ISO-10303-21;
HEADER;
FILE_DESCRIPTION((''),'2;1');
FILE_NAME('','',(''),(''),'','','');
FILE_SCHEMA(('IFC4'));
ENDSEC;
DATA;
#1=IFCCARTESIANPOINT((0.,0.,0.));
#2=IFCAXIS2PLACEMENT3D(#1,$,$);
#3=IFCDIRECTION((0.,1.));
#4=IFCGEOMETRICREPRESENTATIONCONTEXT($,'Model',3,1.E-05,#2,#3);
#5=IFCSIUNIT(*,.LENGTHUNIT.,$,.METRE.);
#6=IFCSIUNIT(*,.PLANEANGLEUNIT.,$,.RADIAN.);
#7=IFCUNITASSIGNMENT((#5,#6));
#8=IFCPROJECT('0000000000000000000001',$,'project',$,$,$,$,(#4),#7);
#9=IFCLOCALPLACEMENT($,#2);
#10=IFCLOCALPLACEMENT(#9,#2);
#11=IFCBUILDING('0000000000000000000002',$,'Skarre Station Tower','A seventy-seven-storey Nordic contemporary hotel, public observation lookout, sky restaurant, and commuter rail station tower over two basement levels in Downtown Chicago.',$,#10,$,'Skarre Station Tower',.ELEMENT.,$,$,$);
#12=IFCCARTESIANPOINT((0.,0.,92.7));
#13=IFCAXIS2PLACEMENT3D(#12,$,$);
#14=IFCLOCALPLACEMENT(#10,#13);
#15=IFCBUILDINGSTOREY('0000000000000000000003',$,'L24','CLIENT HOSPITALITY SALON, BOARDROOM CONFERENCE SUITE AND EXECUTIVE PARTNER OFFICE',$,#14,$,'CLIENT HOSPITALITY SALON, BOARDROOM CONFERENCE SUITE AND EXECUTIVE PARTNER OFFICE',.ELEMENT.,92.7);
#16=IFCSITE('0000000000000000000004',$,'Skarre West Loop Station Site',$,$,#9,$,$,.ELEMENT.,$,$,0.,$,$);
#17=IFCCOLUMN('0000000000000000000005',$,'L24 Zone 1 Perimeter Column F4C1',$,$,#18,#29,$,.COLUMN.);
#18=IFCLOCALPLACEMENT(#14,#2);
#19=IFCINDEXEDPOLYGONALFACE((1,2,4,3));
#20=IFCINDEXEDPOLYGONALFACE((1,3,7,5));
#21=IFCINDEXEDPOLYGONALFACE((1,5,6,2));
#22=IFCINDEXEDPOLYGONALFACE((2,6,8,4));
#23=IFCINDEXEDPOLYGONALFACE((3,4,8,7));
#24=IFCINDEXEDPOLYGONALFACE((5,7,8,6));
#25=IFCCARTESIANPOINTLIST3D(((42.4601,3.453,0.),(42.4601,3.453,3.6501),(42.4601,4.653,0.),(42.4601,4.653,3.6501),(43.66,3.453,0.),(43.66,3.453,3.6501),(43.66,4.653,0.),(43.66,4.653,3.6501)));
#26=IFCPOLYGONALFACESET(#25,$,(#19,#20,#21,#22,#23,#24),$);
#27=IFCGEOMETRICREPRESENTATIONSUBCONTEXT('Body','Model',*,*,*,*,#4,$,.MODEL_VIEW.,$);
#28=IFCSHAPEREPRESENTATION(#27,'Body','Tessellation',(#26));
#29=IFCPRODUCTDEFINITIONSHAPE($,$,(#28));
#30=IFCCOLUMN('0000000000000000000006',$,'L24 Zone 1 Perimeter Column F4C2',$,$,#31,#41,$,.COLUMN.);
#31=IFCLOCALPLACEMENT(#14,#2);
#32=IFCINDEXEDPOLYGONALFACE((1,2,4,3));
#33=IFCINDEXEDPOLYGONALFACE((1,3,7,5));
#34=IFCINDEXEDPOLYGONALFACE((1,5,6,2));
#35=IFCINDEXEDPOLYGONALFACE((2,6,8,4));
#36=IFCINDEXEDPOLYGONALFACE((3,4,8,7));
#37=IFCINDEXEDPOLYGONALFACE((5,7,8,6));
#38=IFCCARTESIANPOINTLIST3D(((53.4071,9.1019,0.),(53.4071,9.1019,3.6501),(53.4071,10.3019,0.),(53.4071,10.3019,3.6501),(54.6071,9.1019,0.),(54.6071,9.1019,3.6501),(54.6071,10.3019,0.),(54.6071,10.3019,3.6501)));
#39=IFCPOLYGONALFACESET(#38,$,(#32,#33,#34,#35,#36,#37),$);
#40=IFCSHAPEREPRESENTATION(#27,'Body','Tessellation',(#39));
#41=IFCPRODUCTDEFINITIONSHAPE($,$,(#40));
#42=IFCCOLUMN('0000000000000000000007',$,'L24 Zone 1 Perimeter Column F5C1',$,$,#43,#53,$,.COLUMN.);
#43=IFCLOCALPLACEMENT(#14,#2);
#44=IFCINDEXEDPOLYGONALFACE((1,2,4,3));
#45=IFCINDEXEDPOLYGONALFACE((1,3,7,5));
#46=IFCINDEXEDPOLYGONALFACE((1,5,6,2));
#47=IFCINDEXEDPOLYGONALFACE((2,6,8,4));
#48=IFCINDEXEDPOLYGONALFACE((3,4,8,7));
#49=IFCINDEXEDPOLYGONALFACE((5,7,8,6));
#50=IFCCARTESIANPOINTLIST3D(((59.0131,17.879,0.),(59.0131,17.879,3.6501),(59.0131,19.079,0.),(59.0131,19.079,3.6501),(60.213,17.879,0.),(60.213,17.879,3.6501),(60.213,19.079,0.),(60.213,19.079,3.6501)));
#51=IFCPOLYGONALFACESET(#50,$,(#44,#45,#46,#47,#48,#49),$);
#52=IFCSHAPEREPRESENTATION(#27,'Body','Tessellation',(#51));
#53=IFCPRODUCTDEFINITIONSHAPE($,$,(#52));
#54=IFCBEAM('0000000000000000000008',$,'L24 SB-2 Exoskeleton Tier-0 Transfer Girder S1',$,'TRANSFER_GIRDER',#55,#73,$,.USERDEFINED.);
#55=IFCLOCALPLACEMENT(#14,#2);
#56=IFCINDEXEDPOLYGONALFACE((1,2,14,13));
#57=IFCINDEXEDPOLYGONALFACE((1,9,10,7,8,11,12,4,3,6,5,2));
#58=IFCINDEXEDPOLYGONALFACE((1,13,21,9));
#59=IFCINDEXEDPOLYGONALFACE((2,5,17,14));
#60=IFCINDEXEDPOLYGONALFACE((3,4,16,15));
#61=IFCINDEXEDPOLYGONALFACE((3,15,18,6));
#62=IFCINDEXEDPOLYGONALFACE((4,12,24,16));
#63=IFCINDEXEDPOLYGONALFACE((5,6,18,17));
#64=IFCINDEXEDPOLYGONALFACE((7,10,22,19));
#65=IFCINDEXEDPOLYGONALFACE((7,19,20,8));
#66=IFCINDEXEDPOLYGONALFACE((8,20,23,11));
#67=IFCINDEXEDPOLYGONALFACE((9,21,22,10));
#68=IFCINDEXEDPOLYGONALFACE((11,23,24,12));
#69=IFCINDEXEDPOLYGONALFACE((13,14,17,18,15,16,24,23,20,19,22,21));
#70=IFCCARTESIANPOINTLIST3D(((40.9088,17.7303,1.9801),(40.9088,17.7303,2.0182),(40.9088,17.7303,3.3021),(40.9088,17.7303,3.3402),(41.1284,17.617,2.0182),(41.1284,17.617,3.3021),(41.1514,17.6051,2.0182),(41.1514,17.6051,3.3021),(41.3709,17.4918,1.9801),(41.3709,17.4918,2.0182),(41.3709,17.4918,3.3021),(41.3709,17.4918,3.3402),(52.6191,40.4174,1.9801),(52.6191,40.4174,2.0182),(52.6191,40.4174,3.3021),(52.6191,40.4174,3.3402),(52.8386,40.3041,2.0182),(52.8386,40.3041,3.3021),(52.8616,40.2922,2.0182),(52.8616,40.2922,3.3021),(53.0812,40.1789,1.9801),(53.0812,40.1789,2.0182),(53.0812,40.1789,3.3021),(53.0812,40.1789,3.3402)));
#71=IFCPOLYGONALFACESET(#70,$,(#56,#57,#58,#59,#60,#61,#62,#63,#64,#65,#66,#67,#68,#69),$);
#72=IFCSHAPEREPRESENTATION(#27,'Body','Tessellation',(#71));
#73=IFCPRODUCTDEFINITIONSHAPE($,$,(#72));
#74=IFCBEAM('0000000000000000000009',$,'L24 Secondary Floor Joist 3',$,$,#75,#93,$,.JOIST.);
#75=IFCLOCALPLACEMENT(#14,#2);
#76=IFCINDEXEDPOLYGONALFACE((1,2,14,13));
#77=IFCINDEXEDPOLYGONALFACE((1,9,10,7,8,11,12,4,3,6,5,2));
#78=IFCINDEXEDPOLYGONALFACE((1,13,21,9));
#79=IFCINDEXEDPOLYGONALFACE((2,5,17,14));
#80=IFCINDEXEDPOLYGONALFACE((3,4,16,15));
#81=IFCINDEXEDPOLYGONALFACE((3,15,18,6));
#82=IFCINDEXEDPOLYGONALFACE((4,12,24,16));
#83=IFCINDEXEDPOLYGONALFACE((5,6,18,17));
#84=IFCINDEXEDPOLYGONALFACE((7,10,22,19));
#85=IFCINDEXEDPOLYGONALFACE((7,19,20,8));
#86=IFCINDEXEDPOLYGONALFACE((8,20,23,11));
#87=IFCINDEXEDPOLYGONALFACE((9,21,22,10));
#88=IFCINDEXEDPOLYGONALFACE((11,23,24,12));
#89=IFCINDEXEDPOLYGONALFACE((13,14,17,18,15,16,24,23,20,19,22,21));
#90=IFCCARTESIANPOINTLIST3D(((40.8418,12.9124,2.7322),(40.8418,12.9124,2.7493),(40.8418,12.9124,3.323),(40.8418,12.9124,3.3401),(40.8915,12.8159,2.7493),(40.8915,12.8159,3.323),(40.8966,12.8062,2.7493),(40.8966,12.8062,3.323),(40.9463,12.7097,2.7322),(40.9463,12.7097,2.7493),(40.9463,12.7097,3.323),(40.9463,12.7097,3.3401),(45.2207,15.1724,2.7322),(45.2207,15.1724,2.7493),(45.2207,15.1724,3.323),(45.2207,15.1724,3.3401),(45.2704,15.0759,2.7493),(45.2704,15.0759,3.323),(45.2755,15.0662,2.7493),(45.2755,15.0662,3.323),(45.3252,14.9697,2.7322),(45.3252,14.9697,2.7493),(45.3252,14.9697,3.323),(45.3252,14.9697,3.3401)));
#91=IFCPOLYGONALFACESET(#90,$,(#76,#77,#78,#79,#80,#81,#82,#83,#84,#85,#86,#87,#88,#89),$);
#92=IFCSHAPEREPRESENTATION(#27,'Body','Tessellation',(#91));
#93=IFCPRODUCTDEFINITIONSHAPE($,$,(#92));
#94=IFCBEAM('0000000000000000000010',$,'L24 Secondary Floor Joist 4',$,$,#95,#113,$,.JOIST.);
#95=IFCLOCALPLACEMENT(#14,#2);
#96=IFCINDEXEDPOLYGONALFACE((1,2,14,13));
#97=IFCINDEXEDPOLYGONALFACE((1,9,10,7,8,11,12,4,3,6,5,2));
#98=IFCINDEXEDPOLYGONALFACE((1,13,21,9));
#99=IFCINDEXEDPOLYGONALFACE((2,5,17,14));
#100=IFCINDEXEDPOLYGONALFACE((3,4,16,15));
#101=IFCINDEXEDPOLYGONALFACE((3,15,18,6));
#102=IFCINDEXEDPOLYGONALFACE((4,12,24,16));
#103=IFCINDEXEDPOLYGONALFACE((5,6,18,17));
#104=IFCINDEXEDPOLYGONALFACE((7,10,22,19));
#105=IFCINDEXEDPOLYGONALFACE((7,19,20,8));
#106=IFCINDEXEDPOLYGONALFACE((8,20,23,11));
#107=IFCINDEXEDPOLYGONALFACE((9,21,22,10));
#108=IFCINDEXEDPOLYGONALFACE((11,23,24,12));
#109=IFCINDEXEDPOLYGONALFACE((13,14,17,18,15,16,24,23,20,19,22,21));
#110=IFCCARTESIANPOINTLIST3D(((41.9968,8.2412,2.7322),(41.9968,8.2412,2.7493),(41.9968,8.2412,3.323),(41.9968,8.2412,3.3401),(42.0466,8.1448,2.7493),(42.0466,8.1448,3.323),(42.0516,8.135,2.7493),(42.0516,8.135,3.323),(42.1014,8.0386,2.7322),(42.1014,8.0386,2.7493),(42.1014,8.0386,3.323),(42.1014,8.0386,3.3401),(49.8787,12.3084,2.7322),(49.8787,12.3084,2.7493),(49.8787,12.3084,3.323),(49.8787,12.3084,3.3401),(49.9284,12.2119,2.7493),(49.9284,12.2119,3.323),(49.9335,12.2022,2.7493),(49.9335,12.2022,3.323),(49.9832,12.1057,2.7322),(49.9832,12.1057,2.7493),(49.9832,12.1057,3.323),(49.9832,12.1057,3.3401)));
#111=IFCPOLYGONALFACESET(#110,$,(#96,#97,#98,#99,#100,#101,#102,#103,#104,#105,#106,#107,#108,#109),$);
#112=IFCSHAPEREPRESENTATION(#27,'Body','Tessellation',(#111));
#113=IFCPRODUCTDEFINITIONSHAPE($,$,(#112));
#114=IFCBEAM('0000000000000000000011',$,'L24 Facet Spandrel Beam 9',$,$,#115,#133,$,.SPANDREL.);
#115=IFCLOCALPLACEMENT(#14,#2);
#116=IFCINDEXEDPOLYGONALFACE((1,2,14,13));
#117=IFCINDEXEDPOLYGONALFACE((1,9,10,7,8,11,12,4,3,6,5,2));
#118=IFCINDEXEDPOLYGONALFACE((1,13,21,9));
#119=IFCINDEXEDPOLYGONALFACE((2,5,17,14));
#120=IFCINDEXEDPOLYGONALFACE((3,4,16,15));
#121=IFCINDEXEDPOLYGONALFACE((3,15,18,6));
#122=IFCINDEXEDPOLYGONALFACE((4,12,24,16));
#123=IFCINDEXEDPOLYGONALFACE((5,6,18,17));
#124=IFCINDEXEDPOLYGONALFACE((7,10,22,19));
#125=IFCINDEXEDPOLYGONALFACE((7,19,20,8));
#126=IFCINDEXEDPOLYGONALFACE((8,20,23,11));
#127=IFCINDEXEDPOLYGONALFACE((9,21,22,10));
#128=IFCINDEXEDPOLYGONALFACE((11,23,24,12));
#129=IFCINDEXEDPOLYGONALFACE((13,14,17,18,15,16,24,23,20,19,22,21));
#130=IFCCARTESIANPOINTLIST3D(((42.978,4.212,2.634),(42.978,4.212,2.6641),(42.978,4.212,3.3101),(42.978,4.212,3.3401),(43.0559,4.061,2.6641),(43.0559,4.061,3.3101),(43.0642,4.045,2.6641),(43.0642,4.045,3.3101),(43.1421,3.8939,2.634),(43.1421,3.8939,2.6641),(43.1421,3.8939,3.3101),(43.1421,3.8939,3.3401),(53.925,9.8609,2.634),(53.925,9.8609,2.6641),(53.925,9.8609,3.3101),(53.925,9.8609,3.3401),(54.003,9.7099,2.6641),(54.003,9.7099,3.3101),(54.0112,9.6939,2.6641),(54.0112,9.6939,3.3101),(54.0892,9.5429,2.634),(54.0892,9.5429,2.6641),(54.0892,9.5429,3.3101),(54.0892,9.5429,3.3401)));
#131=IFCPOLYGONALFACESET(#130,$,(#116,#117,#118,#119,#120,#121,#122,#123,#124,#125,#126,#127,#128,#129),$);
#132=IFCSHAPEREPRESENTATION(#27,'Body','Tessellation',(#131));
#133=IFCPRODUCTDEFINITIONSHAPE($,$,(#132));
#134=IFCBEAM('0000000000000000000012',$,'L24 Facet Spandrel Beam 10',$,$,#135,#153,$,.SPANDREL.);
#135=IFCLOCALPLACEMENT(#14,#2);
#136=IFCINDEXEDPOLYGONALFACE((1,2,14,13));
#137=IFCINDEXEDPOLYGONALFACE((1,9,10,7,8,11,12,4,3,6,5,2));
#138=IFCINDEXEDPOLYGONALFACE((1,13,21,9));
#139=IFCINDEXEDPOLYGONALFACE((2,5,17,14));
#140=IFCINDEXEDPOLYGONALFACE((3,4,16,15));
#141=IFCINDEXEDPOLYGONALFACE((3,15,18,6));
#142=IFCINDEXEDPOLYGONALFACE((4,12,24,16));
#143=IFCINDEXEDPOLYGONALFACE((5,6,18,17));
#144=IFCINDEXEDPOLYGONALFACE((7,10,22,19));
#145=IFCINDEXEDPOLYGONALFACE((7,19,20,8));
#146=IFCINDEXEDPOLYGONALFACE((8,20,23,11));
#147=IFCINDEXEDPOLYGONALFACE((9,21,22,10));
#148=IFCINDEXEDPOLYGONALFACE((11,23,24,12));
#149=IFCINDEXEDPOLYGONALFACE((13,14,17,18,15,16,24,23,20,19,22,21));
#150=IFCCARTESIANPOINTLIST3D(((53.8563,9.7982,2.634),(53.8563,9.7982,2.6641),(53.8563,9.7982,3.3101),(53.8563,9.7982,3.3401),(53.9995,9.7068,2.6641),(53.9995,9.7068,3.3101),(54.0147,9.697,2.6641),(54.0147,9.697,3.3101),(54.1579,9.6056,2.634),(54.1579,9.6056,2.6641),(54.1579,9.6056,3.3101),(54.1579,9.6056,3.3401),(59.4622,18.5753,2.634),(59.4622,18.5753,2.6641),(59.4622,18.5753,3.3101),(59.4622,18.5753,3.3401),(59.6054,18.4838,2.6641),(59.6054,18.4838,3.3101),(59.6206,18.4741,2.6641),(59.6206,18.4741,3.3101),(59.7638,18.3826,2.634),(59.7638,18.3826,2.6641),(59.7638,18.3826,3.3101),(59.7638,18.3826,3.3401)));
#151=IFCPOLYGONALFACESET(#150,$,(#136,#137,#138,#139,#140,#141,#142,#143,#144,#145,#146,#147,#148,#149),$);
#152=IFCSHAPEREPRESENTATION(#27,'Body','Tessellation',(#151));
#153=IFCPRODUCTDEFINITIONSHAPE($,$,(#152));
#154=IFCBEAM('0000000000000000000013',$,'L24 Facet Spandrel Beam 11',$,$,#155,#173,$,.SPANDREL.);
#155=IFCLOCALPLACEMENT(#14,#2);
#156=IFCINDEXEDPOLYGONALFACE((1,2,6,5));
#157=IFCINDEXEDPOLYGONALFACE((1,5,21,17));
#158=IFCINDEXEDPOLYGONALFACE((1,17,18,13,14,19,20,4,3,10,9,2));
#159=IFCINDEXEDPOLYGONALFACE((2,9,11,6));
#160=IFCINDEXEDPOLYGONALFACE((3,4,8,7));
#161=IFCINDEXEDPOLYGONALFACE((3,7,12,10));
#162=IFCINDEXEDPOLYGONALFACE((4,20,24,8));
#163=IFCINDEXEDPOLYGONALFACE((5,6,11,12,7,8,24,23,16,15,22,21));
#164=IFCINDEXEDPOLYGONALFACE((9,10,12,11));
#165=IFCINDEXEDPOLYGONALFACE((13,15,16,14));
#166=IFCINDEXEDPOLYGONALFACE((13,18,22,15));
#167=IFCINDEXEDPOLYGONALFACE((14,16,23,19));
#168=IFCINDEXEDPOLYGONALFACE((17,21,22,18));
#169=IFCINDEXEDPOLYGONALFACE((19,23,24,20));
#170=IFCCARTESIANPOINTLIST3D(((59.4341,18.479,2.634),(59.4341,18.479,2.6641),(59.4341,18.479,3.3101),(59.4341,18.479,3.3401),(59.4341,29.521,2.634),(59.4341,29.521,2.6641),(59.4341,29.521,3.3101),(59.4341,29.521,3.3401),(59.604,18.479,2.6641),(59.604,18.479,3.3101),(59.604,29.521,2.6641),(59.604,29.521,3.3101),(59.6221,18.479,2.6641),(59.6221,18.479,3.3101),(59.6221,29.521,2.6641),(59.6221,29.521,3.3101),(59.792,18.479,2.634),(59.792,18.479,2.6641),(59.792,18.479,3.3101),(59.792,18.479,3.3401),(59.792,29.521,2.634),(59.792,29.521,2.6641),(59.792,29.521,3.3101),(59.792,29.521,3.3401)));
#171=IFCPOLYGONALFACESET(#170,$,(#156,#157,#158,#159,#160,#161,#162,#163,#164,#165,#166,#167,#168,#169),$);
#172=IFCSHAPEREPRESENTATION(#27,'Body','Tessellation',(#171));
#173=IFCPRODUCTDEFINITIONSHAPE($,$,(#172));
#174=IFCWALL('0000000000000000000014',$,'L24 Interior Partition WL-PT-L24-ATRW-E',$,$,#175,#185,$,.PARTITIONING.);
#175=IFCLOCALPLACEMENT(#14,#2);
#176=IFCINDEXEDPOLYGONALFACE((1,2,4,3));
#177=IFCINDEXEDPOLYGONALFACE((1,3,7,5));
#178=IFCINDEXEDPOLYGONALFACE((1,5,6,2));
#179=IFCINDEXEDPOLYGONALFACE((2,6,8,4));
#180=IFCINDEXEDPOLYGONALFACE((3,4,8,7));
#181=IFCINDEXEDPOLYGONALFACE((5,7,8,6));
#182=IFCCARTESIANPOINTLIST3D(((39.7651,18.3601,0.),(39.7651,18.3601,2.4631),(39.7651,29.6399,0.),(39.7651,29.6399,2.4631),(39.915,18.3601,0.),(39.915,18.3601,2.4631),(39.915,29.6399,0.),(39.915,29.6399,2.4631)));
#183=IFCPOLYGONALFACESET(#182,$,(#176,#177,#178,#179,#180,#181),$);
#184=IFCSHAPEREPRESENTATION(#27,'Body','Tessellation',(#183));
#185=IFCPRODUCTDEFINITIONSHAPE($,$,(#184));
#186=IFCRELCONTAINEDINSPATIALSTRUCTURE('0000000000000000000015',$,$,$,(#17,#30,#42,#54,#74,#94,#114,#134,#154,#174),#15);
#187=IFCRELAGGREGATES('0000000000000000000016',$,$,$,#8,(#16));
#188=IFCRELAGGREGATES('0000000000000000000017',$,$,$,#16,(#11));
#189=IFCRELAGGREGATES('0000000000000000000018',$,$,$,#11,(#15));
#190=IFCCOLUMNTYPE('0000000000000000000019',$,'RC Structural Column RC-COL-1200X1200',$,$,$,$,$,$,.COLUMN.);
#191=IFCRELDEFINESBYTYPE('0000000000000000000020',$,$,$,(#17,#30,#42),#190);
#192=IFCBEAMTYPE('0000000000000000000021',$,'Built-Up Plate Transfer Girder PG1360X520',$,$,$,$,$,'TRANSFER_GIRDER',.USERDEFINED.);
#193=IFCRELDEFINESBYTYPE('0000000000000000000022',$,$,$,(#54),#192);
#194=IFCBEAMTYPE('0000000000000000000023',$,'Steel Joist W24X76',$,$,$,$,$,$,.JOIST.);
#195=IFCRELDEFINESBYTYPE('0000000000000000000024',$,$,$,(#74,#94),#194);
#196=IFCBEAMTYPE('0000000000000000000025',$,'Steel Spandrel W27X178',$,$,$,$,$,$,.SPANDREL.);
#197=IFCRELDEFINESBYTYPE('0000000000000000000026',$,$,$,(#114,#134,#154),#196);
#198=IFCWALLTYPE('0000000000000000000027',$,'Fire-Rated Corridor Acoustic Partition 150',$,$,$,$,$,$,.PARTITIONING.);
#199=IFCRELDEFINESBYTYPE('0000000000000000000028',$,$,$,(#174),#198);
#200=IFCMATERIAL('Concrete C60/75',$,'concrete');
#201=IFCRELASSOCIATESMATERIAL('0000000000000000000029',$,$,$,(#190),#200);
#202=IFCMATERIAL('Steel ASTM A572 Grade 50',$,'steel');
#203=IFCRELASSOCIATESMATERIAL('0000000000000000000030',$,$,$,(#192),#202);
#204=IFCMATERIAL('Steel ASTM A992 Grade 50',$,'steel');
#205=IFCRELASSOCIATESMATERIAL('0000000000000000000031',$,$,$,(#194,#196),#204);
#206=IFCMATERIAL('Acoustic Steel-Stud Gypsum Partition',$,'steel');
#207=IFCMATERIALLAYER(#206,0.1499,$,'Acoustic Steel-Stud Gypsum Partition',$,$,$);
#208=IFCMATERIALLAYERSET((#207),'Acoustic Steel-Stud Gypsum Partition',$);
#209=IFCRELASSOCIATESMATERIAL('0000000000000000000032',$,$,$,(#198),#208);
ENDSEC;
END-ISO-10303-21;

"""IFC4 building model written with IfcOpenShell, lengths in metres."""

from ifc_helpers import new_model, si_unit, direction, frame, frame_2d, origin, origin_2d, place, context, subcontext, project, spatial, rectangle, i_section, extrude, material, layer, layer_set, material_profile, profile_set, type_object, element, save


model = new_model("IFC4")

# Units and contexts
model_context = context("Model", 3, precision=1e-05, world=origin(), true_north=direction((0.0, 1.0)))
body_context = subcontext(model_context, "Body", "Model", "MODEL_VIEW")
ifc_project = project(units=[si_unit("LENGTHUNIT", "METRE"), si_unit("PLANEANGLEUNIT", "RADIAN")], contexts=[model_context])

# Site, building, storey
site_placement = place(None, origin())
site = spatial("IfcSite", under=ifc_project, at=site_placement, Name="Skarre West Loop Station Site", CompositionType="ELEMENT", RefElevation=0.0)
building_placement = place(site_placement, origin())
building = spatial("IfcBuilding", under=site, at=building_placement, Name="Skarre Station Tower", Description="A seventy-seven-storey Nordic contemporary hotel, public observation lookout, sky restaurant, and commuter rail station tower over two basement levels in Downtown Chicago.", LongName="Skarre Station Tower", CompositionType="ELEMENT")
storey_placement = place(building_placement, frame((0.0, 0.0, 92.7)))
storey = spatial("IfcBuildingStorey", under=building, at=storey_placement, Name="L24", Description="CLIENT HOSPITALITY SALON, BOARDROOM CONFERENCE SUITE AND EXECUTIVE PARTNER OFFICE", LongName="CLIENT HOSPITALITY SALON, BOARDROOM CONFERENCE SUITE AND EXECUTIVE PARTNER OFFICE", CompositionType="ELEMENT", Elevation=92.7)

# Columns
ifc_material_1 = material(Name="Concrete C60/75", Category="concrete")
ifc_material_profile_1 = material_profile(ifc_material_1, rectangle(XDim=1.2, YDim=1.2, at=origin_2d()), Name="Concrete C60/75")
ifc_profile_set_1 = profile_set([ifc_material_profile_1], Name="Concrete C60/75")
column_type = type_object("IfcColumnType", Name="RC Structural Column RC-COL-1200X1200", PredefinedType="COLUMN", material=ifc_profile_set_1)
for number, where, z_axis, x_axis, name in (
    (1, (43.0601, 4.053, 0.0), (0.0, 0.0, 1.0), (1.0, 0.0, 0.0), "L24 Zone 1 Perimeter Column F4C1"),
    (2, (54.0071, 9.7019, 0.0), (0.0, 0.0, 1.0), (1.0, 0.0, 0.0), "L24 Zone 1 Perimeter Column F4C2"),
    (3, (59.613, 18.479, 0.0), (0.0, 0.0, 1.0), (1.0, 0.0, 0.0), "L24 Zone 1 Perimeter Column F5C1"),
):
    element("IfcColumn", number, at=place(storey_placement, frame(where, z_axis=z_axis, x_axis=x_axis)), inside=storey, type_object=column_type, Name=name, PredefinedType="COLUMN", context=body_context, shape_type="SweptSolid", body=[
        extrude(rectangle(XDim=1.2, YDim=1.2, at=origin_2d()), origin(), (0.0, 0.0, 1.0), 3.6501),
    ])

# Beams
ifc_material_2 = material(Name="Steel ASTM A572 Grade 50", Category="steel")
ifc_material_profile_2 = material_profile(ifc_material_2, i_section(OverallWidth=0.52, OverallDepth=1.3601, WebThickness=0.0259, FlangeThickness=0.0381, at=origin_2d()), Name="Steel ASTM A572 Grade 50")
ifc_profile_set_2 = profile_set([ifc_material_profile_2], Name="Steel ASTM A572 Grade 50")
beam_type_1 = type_object("IfcBeamType", Name="Built-Up Plate Transfer Girder PG1360X520", ElementType="TRANSFER_GIRDER", PredefinedType="USERDEFINED", material=ifc_profile_set_2)
beam_1_placement = place(storey_placement, frame((41.1399, 17.6111, 2.6602), z_axis=(0.458667, 0.888608, 0.0), x_axis=(-0.888608, 0.458667, 0.0)))
element("IfcBeam", 4, at=beam_1_placement, inside=storey, type_object=beam_type_1, Name="L24 SB-2 Exoskeleton Tier-0 Transfer Girder S1", ObjectType="TRANSFER_GIRDER", PredefinedType="USERDEFINED", context=body_context, shape_type="SweptSolid", body=[
    extrude(i_section(OverallWidth=0.52, OverallDepth=1.3601, WebThickness=0.0259, FlangeThickness=0.0381, at=origin_2d()), origin(), (0.0, 0.0, 1.0), 25.531),
])
ifc_material_3 = material(Name="Steel ASTM A992 Grade 50", Category="steel")
ifc_material_profile_3 = material_profile(ifc_material_3, i_section(OverallWidth=0.228, OverallDepth=0.6079, WebThickness=0.011, FlangeThickness=0.0171, at=origin_2d()), Name="Steel ASTM A992 Grade 50")
ifc_profile_set_3 = profile_set([ifc_material_profile_3], Name="Steel ASTM A992 Grade 50")
beam_type_2 = type_object("IfcBeamType", Name="Steel Joist W24X76", PredefinedType="JOIST", material=ifc_profile_set_3)
beam_2_placement = place(storey_placement, frame((40.894, 12.811, 3.0361), z_axis=(0.888627, 0.458632, 0.0), x_axis=(-0.458632, 0.888627, 0.0)))
element("IfcBeam", 5, at=beam_2_placement, inside=storey, type_object=beam_type_2, Name="L24 Secondary Floor Joist 3", PredefinedType="JOIST", context=body_context, shape_type="SweptSolid", body=[
    extrude(i_section(OverallWidth=0.228, OverallDepth=0.6079, WebThickness=0.011, FlangeThickness=0.0171, at=origin_2d()), origin(), (0.0, 0.0, 1.0), 4.9277),
])
beam_3_placement = place(storey_placement, frame((42.0491, 8.1399, 3.0361), z_axis=(0.888662, 0.458562, 0.0), x_axis=(-0.458562, 0.888662, 0.0)))
element("IfcBeam", 6, at=beam_3_placement, inside=storey, type_object=beam_type_2, Name="L24 Secondary Floor Joist 4", PredefinedType="JOIST", context=body_context, shape_type="SweptSolid", body=[
    extrude(i_section(OverallWidth=0.228, OverallDepth=0.6079, WebThickness=0.011, FlangeThickness=0.0171, at=origin_2d()), origin(), (0.0, 0.0, 1.0), 8.8694),
])
ifc_material_profile_4 = material_profile(ifc_material_3, i_section(OverallWidth=0.3579, OverallDepth=0.7061, WebThickness=0.0181, FlangeThickness=0.03, at=origin_2d()), Name="Steel ASTM A992 Grade 50")
ifc_profile_set_4 = profile_set([ifc_material_profile_4], Name="Steel ASTM A992 Grade 50")
beam_type_3 = type_object("IfcBeamType", Name="Steel Spandrel W27X178", PredefinedType="SPANDREL", material=ifc_profile_set_4)
beam_4_placement = place(storey_placement, frame((43.0601, 4.053, 2.9871), z_axis=(0.888659, 0.458569, 0.0), x_axis=(-0.458569, 0.888659, 0.0)))
element("IfcBeam", 7, at=beam_4_placement, inside=storey, type_object=beam_type_3, Name="L24 Facet Spandrel Beam 9", PredefinedType="SPANDREL", context=body_context, shape_type="SweptSolid", body=[
    extrude(i_section(OverallWidth=0.3579, OverallDepth=0.7061, WebThickness=0.0181, FlangeThickness=0.03, at=origin_2d()), origin(), (0.0, 0.0, 1.0), 12.3186),
])
beam_5_placement = place(storey_placement, frame((54.0071, 9.7019, 2.9871), z_axis=(0.538278, 0.842767, 0.0), x_axis=(-0.842767, 0.538278, 0.0)))
element("IfcBeam", 8, at=beam_5_placement, inside=storey, type_object=beam_type_3, Name="L24 Facet Spandrel Beam 10", PredefinedType="SPANDREL", context=body_context, shape_type="SweptSolid", body=[
    extrude(i_section(OverallWidth=0.3579, OverallDepth=0.7061, WebThickness=0.0181, FlangeThickness=0.03, at=origin_2d()), origin(), (0.0, 0.0, 1.0), 10.4146),
])
beam_6_placement = place(storey_placement, frame((59.613, 18.479, 2.9871), z_axis=(0.0, 1.0, 0.0), x_axis=(-1.0, 0.0, 0.0)))
element("IfcBeam", 9, at=beam_6_placement, inside=storey, type_object=beam_type_3, Name="L24 Facet Spandrel Beam 11", PredefinedType="SPANDREL", context=body_context, shape_type="SweptSolid", body=[
    extrude(i_section(OverallWidth=0.3579, OverallDepth=0.7061, WebThickness=0.0181, FlangeThickness=0.03, at=origin_2d()), origin(), (0.0, 0.0, 1.0), 11.042),
])

# Wall
ifc_material_4 = material(Name="Acoustic Steel-Stud Gypsum Partition", Category="steel")
ifc_layer_1 = layer(ifc_material_4, 0.1499, Name="Acoustic Steel-Stud Gypsum Partition")
ifc_layer_set_1 = layer_set([ifc_layer_1], Name="Acoustic Steel-Stud Gypsum Partition")
wall_type_1 = type_object("IfcWallType", Name="Fire-Rated Corridor Acoustic Partition 150", PredefinedType="PARTITIONING", material=ifc_layer_set_1)
wall_1_placement = place(storey_placement, frame((39.8401, 18.3601, 0.0), z_axis=(0.0, 0.0, 1.0), x_axis=(0.0, 1.0, 0.0)))
element("IfcWall", 10, at=wall_1_placement, inside=storey, type_object=wall_type_1, Name="L24 Interior Partition WL-PT-L24-ATRW-E", PredefinedType="PARTITIONING", context=body_context, shape_type="SweptSolid", body=[
    extrude(rectangle(XDim=11.2798, YDim=0.1499, at=frame_2d((5.6399, 0.0))), origin(), (0.0, 0.0, 1.0), 2.4631),
])

save(model, "model.ifc")
